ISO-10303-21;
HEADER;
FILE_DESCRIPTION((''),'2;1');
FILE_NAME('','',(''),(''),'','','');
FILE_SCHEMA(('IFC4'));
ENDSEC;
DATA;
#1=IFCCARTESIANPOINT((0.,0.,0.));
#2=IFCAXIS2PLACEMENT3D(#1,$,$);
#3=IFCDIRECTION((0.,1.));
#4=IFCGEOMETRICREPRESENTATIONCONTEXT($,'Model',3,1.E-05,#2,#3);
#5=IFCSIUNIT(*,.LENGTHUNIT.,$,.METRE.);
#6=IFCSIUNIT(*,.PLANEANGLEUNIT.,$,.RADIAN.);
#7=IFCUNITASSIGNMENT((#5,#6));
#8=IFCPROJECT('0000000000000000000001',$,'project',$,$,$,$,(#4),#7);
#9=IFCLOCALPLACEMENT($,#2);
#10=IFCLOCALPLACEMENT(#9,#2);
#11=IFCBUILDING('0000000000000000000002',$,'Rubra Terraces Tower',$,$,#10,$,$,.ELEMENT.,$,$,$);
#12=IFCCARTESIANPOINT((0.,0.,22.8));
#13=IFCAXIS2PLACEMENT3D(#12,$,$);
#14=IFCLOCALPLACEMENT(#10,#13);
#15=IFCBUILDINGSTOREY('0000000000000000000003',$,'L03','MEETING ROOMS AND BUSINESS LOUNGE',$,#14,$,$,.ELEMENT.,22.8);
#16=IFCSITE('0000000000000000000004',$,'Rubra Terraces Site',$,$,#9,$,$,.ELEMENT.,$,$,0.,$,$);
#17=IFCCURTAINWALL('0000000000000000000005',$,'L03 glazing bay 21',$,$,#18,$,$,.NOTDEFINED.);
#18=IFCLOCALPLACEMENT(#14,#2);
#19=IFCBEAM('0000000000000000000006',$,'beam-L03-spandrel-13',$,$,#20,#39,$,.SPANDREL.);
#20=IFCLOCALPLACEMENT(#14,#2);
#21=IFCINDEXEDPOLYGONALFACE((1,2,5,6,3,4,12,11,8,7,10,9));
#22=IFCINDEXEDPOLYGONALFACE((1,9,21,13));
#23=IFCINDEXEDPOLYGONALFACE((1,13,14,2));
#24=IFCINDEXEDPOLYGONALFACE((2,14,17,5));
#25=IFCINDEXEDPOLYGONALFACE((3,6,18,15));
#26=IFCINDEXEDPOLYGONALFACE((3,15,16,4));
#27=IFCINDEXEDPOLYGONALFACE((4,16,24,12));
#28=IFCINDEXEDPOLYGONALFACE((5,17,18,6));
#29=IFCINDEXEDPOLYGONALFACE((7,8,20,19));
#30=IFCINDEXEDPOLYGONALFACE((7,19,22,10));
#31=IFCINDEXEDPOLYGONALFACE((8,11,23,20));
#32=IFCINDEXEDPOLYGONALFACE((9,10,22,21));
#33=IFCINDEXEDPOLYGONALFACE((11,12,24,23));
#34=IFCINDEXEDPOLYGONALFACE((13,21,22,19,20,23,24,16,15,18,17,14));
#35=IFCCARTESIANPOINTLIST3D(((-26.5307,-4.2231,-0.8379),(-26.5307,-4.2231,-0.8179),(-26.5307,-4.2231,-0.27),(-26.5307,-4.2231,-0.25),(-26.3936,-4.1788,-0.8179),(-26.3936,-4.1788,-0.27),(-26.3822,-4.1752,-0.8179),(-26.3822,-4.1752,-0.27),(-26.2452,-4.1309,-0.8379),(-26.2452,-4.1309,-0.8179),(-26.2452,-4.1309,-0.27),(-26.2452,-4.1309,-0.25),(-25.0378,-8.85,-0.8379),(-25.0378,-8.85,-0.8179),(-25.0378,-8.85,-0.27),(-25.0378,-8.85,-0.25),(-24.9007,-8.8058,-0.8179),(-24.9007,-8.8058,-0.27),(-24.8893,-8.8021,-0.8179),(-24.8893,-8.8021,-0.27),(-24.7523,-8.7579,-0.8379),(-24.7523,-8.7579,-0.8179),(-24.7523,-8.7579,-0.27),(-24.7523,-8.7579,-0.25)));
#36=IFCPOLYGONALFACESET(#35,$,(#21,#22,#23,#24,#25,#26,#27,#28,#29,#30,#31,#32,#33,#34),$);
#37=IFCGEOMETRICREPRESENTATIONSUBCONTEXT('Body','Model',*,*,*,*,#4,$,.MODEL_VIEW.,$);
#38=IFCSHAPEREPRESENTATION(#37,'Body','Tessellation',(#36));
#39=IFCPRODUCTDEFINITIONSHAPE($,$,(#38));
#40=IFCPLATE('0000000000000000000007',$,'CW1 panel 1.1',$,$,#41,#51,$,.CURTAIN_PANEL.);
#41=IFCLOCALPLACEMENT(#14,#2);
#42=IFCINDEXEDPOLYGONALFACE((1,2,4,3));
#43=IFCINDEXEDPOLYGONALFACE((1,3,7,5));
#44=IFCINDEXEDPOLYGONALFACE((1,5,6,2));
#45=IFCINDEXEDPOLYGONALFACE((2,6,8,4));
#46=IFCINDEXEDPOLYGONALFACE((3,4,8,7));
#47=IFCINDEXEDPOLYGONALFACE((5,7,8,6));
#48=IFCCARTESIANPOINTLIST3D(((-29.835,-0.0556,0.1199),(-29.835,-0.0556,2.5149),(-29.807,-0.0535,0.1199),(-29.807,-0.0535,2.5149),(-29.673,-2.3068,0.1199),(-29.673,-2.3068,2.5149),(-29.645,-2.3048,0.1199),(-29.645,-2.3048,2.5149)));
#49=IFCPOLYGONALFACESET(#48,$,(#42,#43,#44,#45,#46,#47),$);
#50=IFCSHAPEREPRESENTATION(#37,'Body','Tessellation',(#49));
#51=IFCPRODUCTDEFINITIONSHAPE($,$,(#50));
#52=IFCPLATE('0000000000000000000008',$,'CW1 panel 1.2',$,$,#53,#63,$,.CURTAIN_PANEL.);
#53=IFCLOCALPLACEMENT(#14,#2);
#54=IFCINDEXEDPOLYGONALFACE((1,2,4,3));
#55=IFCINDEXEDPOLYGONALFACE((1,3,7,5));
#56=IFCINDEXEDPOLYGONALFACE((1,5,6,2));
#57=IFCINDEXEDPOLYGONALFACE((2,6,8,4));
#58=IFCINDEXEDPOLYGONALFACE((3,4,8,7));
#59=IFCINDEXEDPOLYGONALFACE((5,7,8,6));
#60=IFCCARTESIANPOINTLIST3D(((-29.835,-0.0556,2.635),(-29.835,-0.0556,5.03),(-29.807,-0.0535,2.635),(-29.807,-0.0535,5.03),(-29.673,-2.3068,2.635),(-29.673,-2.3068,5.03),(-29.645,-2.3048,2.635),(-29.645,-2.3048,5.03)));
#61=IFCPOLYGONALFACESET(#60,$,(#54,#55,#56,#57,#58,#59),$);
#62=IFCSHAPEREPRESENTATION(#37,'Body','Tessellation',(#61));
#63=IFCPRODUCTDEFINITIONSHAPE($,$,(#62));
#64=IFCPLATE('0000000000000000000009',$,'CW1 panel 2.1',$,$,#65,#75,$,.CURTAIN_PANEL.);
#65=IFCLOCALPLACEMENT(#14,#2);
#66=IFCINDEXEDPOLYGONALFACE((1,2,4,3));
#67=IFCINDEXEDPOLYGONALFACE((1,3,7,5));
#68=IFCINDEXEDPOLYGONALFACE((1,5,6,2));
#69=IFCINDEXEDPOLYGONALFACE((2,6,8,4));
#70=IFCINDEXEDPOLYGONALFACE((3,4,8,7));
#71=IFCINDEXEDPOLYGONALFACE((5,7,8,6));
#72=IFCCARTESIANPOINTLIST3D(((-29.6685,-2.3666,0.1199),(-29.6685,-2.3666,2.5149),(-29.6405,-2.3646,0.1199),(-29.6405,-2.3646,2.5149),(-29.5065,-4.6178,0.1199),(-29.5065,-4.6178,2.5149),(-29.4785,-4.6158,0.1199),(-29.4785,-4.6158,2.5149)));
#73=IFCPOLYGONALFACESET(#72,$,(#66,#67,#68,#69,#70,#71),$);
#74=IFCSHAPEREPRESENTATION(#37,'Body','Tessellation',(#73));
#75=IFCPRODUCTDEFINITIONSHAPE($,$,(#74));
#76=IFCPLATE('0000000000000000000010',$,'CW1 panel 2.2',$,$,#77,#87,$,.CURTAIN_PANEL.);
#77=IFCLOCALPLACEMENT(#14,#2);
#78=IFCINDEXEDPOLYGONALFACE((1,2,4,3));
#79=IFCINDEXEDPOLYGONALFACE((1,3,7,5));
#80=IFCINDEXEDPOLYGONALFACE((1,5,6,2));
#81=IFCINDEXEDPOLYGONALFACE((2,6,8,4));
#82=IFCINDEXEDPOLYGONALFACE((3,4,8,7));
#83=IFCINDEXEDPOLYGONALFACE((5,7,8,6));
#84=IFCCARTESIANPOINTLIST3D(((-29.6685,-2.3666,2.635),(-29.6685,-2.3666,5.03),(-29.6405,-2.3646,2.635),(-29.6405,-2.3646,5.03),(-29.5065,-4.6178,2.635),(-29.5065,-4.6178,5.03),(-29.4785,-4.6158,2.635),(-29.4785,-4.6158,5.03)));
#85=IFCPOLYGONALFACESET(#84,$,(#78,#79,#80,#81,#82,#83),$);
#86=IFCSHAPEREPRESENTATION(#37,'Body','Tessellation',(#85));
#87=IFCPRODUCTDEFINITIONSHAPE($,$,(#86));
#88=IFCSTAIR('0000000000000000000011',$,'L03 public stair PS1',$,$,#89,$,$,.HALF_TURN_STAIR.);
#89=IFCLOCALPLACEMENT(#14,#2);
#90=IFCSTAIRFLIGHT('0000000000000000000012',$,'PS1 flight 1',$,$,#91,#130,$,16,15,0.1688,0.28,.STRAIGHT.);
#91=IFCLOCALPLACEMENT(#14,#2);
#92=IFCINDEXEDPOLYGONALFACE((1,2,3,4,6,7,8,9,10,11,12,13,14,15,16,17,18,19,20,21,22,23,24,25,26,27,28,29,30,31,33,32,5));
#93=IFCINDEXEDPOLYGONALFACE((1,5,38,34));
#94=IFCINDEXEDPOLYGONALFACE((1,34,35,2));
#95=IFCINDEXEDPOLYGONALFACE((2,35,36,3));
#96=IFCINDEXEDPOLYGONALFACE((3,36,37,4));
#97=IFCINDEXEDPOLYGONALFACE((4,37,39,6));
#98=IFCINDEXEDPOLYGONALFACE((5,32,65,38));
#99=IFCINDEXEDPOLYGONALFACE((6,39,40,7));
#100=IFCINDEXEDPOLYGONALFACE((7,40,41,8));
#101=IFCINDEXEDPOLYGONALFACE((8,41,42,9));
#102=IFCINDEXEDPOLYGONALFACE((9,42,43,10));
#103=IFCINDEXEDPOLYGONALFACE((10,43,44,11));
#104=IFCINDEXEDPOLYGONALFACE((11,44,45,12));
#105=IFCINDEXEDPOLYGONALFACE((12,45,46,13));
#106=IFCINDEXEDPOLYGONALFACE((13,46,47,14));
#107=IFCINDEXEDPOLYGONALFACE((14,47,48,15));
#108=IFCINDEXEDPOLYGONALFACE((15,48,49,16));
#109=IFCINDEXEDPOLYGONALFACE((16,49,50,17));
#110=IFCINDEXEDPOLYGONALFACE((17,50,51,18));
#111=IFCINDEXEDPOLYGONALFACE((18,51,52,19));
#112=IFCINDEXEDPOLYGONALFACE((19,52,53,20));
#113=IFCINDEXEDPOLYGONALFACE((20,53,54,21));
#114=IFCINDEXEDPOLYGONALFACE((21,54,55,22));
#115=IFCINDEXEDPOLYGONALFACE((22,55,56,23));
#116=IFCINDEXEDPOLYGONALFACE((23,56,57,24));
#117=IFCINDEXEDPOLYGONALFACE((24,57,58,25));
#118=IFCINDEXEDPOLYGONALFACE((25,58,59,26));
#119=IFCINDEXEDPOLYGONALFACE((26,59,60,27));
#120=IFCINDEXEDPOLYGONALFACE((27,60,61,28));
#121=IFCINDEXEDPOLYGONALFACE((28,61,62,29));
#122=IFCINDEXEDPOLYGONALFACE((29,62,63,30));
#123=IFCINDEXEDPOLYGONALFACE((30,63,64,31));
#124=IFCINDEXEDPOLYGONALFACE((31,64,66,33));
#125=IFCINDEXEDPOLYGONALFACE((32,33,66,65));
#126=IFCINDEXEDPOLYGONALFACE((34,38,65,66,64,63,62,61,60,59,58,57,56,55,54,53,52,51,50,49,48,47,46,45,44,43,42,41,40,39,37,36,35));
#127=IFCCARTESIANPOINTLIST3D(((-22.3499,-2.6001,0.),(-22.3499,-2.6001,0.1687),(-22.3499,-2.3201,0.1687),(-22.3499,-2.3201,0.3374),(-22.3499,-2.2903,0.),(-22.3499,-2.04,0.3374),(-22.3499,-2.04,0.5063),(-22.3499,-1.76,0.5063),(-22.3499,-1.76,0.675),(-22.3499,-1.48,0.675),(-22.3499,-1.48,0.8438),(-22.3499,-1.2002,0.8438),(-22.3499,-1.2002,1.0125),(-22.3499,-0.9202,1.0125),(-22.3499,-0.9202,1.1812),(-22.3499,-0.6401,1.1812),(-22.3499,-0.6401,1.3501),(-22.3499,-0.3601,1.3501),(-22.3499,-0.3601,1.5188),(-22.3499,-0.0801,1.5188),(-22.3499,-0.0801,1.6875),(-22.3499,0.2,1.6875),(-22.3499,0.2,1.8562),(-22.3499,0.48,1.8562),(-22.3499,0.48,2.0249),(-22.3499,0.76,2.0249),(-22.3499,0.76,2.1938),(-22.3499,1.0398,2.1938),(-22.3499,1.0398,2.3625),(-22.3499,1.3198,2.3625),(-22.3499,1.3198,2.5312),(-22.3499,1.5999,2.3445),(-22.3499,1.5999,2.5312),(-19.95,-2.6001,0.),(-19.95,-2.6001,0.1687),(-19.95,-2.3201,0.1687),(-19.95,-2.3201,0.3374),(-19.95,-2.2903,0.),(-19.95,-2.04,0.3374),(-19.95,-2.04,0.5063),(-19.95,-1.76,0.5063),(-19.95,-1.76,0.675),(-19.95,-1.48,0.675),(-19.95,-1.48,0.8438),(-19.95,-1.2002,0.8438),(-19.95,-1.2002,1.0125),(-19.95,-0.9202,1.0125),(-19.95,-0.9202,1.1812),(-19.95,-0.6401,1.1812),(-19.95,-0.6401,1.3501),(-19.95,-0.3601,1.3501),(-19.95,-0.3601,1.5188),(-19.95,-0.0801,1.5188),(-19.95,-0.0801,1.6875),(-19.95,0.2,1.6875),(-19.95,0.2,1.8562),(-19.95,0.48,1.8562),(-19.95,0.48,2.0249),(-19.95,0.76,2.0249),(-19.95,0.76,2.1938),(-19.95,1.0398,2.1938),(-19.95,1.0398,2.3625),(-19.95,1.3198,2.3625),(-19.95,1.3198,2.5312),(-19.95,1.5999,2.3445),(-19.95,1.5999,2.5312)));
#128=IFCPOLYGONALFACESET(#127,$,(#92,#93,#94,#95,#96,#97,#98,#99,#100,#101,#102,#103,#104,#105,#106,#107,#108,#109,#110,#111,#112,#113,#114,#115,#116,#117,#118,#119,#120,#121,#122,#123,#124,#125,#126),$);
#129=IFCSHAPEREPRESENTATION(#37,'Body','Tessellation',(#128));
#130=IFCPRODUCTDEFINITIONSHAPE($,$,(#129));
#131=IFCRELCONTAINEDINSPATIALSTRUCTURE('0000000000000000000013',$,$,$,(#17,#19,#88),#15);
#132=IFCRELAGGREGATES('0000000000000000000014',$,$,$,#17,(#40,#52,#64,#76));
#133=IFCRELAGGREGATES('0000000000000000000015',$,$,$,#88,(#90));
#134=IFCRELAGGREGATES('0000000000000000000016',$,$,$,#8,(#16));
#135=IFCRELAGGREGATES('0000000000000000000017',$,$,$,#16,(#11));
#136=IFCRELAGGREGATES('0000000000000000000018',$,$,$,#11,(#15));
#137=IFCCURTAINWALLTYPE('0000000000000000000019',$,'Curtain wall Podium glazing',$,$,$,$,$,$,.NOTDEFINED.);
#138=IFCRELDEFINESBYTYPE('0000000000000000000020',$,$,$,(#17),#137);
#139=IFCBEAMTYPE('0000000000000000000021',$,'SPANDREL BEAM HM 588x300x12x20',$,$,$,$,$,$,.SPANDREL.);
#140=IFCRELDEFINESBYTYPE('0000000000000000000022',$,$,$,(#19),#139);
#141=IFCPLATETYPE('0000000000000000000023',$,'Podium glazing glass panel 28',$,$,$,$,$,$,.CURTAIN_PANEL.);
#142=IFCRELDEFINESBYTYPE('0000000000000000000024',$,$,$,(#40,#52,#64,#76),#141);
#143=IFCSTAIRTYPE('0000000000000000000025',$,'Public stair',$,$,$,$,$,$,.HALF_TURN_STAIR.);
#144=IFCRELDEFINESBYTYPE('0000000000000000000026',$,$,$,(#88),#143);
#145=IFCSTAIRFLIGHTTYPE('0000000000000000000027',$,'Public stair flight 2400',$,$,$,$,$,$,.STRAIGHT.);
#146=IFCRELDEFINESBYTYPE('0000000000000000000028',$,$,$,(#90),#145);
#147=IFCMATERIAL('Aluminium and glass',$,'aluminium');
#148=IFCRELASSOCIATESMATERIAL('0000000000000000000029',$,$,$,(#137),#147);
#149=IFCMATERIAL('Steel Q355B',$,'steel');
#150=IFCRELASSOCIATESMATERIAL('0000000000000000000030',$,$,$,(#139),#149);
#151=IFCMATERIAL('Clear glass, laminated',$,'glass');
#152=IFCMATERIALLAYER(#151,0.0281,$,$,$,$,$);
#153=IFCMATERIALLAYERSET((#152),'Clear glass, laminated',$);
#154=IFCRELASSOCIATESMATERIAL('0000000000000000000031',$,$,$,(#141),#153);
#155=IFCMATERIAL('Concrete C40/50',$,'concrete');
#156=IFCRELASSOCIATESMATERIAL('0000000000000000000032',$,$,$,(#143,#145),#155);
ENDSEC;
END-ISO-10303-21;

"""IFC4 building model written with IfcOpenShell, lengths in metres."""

from ifc_helpers import new_model, si_unit, direction, frame, origin, origin_2d, place, context, subcontext, project, spatial, polyline, rectangle, i_section, outline, extrude, material, layer, layer_set, material_profile, profile_set, type_object, element, aggregate, save


model = new_model("IFC4")

# Units and contexts
model_context = context("Model", 3, precision=1e-05, world=origin(), true_north=direction((0.0, 1.0)))
body_context = subcontext(model_context, "Body", "Model", "MODEL_VIEW")
ifc_project = project(units=[si_unit("LENGTHUNIT", "METRE"), si_unit("PLANEANGLEUNIT", "RADIAN")], contexts=[model_context])

# Site, building, storey
site_placement = place(None, origin())
site = spatial("IfcSite", under=ifc_project, at=site_placement, Name="Rubra Terraces Site", CompositionType="ELEMENT", RefElevation=0.0)
building_placement = place(site_placement, origin())
building = spatial("IfcBuilding", under=site, at=building_placement, Name="Rubra Terraces Tower", CompositionType="ELEMENT")
storey_placement = place(building_placement, frame((0.0, 0.0, 22.8)))
storey = spatial("IfcBuildingStorey", under=building, at=storey_placement, Name="L03", Description="MEETING ROOMS AND BUSINESS LOUNGE", CompositionType="ELEMENT", Elevation=22.8)

# Shared definitions
ifc_material_1 = material(Name="Steel Q355B", Category="steel")

# Curtain wall
ifc_material_2 = material(Name="Aluminium and glass", Category="aluminium")
curtain_wall_type = type_object("IfcCurtainWallType", Name="Curtain wall Podium glazing", PredefinedType="NOTDEFINED", material=ifc_material_2)
curtain_wall_1_placement = place(storey_placement, origin())
curtain_wall_1 = element("IfcCurtainWall", 1, at=curtain_wall_1_placement, inside=storey, type_object=curtain_wall_type, Name="L03 glazing bay 21", PredefinedType="NOTDEFINED")

# Beam
ifc_material_profile_1 = material_profile(ifc_material_1, i_section(OverallWidth=0.3, OverallDepth=0.5879, WebThickness=0.012, FlangeThickness=0.02, at=origin_2d()), Name="HM 588x300x12x20")
ifc_profile_set_1 = profile_set([ifc_material_profile_1], Name="Steel Q355B")
beam_type_1 = type_object("IfcBeamType", Name="SPANDREL BEAM HM 588x300x12x20", PredefinedType="SPANDREL", material=ifc_profile_set_1)
beam_1_placement = place(storey_placement, frame((-26.3879, -4.177, -0.5439), z_axis=(0.307069, -0.951687, 0.0), x_axis=(0.951687, 0.307069, 0.0)))
element("IfcBeam", 2, at=beam_1_placement, inside=storey, type_object=beam_type_1, Name="beam-L03-spandrel-13", PredefinedType="SPANDREL", context=body_context, shape_type="SweptSolid", body=[
    extrude(i_section(OverallWidth=0.3, OverallDepth=0.5879, WebThickness=0.012, FlangeThickness=0.02, at=origin_2d()), origin(), (0.0, 0.0, 1.0), 4.8618),
])

# Plates
ifc_material_3 = material(Name="Clear glass, laminated", Category="glass")
ifc_layer = layer(ifc_material_3, 0.0281)
ifc_layer_set = layer_set([ifc_layer], Name="Clear glass, laminated")
plate_type = type_object("IfcPlateType", Name="Podium glazing glass panel 28", PredefinedType="CURTAIN_PANEL", material=ifc_layer_set)
plate_1_placement = place(storey_placement, frame((-29.74, -1.1802, 0.1199), z_axis=(0.0, 0.0, 1.0), x_axis=(0.071792, -0.99742, 0.0)))
plate_1 = element("IfcPlate", 3, at=plate_1_placement, type_object=plate_type, Name="CW1 panel 1.1", PredefinedType="CURTAIN_PANEL", context=body_context, shape_type="SweptSolid", body=[
    extrude(rectangle(XDim=2.2571, YDim=0.0281, at=origin_2d()), origin(), (0.0, 0.0, 1.0), 2.395),
])
plate_2_placement = place(storey_placement, frame((-29.74, -1.1802, 2.635), z_axis=(0.0, 0.0, 1.0), x_axis=(0.071792, -0.99742, 0.0)))
plate_2 = element("IfcPlate", 4, at=plate_2_placement, type_object=plate_type, Name="CW1 panel 1.2", PredefinedType="CURTAIN_PANEL", context=body_context, shape_type="SweptSolid", body=[
    extrude(rectangle(XDim=2.2571, YDim=0.0281, at=origin_2d()), origin(), (0.0, 0.0, 1.0), 2.395),
])
plate_3_placement = place(storey_placement, frame((-29.5735, -3.4912, 0.1199), z_axis=(0.0, 0.0, 1.0), x_axis=(0.071792, -0.99742, 0.0)))
plate_3 = element("IfcPlate", 5, at=plate_3_placement, type_object=plate_type, Name="CW1 panel 2.1", PredefinedType="CURTAIN_PANEL", context=body_context, shape_type="SweptSolid", body=[
    extrude(rectangle(XDim=2.2571, YDim=0.0281, at=origin_2d()), origin(), (0.0, 0.0, 1.0), 2.395),
])
plate_4_placement = place(storey_placement, frame((-29.5735, -3.4912, 2.635), z_axis=(0.0, 0.0, 1.0), x_axis=(0.071792, -0.99742, 0.0)))
plate_4 = element("IfcPlate", 6, at=plate_4_placement, type_object=plate_type, Name="CW1 panel 2.2", PredefinedType="CURTAIN_PANEL", context=body_context, shape_type="SweptSolid", body=[
    extrude(rectangle(XDim=2.2571, YDim=0.0281, at=origin_2d()), origin(), (0.0, 0.0, 1.0), 2.395),
])
aggregate(curtain_wall_1, [plate_1, plate_2, plate_3, plate_4])

# Stair, stair flight
ifc_material_4 = material(Name="Concrete C40/50", Category="concrete")
stair_type = type_object("IfcStairType", Name="Public stair", PredefinedType="HALF_TURN_STAIR", material=ifc_material_4)
stair_placement = place(storey_placement, origin())
stair = element("IfcStair", 7, at=stair_placement, inside=storey, type_object=stair_type, Name="L03 public stair PS1", PredefinedType="HALF_TURN_STAIR")
stair_flight_type = type_object("IfcStairFlightType", Name="Public stair flight 2400", PredefinedType="STRAIGHT", material=ifc_material_4)
stair_flight_placement = place(storey_placement, frame((-21.1499, -2.6001, 0.0), z_axis=(0.0, 0.0, 1.0), x_axis=(0.0, 1.0, 0.0)))
stair_flight = element("IfcStairFlight", 8, at=stair_flight_placement, type_object=stair_flight_type, Name="PS1 flight 1", NumberOfRisers=16, NumberOfTreads=15, PredefinedType="STRAIGHT", RiserHeight=0.1688, TreadLength=0.28, context=body_context, shape_type="SweptSolid", body=[
    extrude(outline(polyline([(0.0, 0.0), (0.0, 0.1687), (0.28, 0.1687), (0.28, 0.3374), (0.5601, 0.3374), (0.5601, 0.5063), (0.8401, 0.5063), (0.8401, 0.675), (1.1201, 0.675), (1.1201, 0.8438), (1.3999, 0.8438), (1.3999, 1.0125), (1.6799, 1.0125), (1.6799, 1.1812), (1.96, 1.1812), (1.96, 1.3501), (2.24, 1.3501), (2.24, 1.5188), (2.52, 1.5188), (2.52, 1.6875), (2.8, 1.6875), (2.8, 1.8562), (3.0801, 1.8562), (3.0801, 2.0249), (3.3601, 2.0249), (3.3601, 2.1938), (3.6399, 2.1938), (3.6399, 2.3625), (3.9199, 2.3625), (3.9199, 2.5312), (4.2, 2.5312), (4.2, 2.7), (4.2, 2.3445), (0.3098, 0.0), (0.0, 0.0)])), frame((0.0, 1.2, 0.0), z_axis=(0.0, -1.0, 0.0), x_axis=(1.0, 0.0, 0.0)), (0.0, 0.0, 1.0), 2.3999),
])
aggregate(stair, [stair_flight])

save(model, "model.ifc")
